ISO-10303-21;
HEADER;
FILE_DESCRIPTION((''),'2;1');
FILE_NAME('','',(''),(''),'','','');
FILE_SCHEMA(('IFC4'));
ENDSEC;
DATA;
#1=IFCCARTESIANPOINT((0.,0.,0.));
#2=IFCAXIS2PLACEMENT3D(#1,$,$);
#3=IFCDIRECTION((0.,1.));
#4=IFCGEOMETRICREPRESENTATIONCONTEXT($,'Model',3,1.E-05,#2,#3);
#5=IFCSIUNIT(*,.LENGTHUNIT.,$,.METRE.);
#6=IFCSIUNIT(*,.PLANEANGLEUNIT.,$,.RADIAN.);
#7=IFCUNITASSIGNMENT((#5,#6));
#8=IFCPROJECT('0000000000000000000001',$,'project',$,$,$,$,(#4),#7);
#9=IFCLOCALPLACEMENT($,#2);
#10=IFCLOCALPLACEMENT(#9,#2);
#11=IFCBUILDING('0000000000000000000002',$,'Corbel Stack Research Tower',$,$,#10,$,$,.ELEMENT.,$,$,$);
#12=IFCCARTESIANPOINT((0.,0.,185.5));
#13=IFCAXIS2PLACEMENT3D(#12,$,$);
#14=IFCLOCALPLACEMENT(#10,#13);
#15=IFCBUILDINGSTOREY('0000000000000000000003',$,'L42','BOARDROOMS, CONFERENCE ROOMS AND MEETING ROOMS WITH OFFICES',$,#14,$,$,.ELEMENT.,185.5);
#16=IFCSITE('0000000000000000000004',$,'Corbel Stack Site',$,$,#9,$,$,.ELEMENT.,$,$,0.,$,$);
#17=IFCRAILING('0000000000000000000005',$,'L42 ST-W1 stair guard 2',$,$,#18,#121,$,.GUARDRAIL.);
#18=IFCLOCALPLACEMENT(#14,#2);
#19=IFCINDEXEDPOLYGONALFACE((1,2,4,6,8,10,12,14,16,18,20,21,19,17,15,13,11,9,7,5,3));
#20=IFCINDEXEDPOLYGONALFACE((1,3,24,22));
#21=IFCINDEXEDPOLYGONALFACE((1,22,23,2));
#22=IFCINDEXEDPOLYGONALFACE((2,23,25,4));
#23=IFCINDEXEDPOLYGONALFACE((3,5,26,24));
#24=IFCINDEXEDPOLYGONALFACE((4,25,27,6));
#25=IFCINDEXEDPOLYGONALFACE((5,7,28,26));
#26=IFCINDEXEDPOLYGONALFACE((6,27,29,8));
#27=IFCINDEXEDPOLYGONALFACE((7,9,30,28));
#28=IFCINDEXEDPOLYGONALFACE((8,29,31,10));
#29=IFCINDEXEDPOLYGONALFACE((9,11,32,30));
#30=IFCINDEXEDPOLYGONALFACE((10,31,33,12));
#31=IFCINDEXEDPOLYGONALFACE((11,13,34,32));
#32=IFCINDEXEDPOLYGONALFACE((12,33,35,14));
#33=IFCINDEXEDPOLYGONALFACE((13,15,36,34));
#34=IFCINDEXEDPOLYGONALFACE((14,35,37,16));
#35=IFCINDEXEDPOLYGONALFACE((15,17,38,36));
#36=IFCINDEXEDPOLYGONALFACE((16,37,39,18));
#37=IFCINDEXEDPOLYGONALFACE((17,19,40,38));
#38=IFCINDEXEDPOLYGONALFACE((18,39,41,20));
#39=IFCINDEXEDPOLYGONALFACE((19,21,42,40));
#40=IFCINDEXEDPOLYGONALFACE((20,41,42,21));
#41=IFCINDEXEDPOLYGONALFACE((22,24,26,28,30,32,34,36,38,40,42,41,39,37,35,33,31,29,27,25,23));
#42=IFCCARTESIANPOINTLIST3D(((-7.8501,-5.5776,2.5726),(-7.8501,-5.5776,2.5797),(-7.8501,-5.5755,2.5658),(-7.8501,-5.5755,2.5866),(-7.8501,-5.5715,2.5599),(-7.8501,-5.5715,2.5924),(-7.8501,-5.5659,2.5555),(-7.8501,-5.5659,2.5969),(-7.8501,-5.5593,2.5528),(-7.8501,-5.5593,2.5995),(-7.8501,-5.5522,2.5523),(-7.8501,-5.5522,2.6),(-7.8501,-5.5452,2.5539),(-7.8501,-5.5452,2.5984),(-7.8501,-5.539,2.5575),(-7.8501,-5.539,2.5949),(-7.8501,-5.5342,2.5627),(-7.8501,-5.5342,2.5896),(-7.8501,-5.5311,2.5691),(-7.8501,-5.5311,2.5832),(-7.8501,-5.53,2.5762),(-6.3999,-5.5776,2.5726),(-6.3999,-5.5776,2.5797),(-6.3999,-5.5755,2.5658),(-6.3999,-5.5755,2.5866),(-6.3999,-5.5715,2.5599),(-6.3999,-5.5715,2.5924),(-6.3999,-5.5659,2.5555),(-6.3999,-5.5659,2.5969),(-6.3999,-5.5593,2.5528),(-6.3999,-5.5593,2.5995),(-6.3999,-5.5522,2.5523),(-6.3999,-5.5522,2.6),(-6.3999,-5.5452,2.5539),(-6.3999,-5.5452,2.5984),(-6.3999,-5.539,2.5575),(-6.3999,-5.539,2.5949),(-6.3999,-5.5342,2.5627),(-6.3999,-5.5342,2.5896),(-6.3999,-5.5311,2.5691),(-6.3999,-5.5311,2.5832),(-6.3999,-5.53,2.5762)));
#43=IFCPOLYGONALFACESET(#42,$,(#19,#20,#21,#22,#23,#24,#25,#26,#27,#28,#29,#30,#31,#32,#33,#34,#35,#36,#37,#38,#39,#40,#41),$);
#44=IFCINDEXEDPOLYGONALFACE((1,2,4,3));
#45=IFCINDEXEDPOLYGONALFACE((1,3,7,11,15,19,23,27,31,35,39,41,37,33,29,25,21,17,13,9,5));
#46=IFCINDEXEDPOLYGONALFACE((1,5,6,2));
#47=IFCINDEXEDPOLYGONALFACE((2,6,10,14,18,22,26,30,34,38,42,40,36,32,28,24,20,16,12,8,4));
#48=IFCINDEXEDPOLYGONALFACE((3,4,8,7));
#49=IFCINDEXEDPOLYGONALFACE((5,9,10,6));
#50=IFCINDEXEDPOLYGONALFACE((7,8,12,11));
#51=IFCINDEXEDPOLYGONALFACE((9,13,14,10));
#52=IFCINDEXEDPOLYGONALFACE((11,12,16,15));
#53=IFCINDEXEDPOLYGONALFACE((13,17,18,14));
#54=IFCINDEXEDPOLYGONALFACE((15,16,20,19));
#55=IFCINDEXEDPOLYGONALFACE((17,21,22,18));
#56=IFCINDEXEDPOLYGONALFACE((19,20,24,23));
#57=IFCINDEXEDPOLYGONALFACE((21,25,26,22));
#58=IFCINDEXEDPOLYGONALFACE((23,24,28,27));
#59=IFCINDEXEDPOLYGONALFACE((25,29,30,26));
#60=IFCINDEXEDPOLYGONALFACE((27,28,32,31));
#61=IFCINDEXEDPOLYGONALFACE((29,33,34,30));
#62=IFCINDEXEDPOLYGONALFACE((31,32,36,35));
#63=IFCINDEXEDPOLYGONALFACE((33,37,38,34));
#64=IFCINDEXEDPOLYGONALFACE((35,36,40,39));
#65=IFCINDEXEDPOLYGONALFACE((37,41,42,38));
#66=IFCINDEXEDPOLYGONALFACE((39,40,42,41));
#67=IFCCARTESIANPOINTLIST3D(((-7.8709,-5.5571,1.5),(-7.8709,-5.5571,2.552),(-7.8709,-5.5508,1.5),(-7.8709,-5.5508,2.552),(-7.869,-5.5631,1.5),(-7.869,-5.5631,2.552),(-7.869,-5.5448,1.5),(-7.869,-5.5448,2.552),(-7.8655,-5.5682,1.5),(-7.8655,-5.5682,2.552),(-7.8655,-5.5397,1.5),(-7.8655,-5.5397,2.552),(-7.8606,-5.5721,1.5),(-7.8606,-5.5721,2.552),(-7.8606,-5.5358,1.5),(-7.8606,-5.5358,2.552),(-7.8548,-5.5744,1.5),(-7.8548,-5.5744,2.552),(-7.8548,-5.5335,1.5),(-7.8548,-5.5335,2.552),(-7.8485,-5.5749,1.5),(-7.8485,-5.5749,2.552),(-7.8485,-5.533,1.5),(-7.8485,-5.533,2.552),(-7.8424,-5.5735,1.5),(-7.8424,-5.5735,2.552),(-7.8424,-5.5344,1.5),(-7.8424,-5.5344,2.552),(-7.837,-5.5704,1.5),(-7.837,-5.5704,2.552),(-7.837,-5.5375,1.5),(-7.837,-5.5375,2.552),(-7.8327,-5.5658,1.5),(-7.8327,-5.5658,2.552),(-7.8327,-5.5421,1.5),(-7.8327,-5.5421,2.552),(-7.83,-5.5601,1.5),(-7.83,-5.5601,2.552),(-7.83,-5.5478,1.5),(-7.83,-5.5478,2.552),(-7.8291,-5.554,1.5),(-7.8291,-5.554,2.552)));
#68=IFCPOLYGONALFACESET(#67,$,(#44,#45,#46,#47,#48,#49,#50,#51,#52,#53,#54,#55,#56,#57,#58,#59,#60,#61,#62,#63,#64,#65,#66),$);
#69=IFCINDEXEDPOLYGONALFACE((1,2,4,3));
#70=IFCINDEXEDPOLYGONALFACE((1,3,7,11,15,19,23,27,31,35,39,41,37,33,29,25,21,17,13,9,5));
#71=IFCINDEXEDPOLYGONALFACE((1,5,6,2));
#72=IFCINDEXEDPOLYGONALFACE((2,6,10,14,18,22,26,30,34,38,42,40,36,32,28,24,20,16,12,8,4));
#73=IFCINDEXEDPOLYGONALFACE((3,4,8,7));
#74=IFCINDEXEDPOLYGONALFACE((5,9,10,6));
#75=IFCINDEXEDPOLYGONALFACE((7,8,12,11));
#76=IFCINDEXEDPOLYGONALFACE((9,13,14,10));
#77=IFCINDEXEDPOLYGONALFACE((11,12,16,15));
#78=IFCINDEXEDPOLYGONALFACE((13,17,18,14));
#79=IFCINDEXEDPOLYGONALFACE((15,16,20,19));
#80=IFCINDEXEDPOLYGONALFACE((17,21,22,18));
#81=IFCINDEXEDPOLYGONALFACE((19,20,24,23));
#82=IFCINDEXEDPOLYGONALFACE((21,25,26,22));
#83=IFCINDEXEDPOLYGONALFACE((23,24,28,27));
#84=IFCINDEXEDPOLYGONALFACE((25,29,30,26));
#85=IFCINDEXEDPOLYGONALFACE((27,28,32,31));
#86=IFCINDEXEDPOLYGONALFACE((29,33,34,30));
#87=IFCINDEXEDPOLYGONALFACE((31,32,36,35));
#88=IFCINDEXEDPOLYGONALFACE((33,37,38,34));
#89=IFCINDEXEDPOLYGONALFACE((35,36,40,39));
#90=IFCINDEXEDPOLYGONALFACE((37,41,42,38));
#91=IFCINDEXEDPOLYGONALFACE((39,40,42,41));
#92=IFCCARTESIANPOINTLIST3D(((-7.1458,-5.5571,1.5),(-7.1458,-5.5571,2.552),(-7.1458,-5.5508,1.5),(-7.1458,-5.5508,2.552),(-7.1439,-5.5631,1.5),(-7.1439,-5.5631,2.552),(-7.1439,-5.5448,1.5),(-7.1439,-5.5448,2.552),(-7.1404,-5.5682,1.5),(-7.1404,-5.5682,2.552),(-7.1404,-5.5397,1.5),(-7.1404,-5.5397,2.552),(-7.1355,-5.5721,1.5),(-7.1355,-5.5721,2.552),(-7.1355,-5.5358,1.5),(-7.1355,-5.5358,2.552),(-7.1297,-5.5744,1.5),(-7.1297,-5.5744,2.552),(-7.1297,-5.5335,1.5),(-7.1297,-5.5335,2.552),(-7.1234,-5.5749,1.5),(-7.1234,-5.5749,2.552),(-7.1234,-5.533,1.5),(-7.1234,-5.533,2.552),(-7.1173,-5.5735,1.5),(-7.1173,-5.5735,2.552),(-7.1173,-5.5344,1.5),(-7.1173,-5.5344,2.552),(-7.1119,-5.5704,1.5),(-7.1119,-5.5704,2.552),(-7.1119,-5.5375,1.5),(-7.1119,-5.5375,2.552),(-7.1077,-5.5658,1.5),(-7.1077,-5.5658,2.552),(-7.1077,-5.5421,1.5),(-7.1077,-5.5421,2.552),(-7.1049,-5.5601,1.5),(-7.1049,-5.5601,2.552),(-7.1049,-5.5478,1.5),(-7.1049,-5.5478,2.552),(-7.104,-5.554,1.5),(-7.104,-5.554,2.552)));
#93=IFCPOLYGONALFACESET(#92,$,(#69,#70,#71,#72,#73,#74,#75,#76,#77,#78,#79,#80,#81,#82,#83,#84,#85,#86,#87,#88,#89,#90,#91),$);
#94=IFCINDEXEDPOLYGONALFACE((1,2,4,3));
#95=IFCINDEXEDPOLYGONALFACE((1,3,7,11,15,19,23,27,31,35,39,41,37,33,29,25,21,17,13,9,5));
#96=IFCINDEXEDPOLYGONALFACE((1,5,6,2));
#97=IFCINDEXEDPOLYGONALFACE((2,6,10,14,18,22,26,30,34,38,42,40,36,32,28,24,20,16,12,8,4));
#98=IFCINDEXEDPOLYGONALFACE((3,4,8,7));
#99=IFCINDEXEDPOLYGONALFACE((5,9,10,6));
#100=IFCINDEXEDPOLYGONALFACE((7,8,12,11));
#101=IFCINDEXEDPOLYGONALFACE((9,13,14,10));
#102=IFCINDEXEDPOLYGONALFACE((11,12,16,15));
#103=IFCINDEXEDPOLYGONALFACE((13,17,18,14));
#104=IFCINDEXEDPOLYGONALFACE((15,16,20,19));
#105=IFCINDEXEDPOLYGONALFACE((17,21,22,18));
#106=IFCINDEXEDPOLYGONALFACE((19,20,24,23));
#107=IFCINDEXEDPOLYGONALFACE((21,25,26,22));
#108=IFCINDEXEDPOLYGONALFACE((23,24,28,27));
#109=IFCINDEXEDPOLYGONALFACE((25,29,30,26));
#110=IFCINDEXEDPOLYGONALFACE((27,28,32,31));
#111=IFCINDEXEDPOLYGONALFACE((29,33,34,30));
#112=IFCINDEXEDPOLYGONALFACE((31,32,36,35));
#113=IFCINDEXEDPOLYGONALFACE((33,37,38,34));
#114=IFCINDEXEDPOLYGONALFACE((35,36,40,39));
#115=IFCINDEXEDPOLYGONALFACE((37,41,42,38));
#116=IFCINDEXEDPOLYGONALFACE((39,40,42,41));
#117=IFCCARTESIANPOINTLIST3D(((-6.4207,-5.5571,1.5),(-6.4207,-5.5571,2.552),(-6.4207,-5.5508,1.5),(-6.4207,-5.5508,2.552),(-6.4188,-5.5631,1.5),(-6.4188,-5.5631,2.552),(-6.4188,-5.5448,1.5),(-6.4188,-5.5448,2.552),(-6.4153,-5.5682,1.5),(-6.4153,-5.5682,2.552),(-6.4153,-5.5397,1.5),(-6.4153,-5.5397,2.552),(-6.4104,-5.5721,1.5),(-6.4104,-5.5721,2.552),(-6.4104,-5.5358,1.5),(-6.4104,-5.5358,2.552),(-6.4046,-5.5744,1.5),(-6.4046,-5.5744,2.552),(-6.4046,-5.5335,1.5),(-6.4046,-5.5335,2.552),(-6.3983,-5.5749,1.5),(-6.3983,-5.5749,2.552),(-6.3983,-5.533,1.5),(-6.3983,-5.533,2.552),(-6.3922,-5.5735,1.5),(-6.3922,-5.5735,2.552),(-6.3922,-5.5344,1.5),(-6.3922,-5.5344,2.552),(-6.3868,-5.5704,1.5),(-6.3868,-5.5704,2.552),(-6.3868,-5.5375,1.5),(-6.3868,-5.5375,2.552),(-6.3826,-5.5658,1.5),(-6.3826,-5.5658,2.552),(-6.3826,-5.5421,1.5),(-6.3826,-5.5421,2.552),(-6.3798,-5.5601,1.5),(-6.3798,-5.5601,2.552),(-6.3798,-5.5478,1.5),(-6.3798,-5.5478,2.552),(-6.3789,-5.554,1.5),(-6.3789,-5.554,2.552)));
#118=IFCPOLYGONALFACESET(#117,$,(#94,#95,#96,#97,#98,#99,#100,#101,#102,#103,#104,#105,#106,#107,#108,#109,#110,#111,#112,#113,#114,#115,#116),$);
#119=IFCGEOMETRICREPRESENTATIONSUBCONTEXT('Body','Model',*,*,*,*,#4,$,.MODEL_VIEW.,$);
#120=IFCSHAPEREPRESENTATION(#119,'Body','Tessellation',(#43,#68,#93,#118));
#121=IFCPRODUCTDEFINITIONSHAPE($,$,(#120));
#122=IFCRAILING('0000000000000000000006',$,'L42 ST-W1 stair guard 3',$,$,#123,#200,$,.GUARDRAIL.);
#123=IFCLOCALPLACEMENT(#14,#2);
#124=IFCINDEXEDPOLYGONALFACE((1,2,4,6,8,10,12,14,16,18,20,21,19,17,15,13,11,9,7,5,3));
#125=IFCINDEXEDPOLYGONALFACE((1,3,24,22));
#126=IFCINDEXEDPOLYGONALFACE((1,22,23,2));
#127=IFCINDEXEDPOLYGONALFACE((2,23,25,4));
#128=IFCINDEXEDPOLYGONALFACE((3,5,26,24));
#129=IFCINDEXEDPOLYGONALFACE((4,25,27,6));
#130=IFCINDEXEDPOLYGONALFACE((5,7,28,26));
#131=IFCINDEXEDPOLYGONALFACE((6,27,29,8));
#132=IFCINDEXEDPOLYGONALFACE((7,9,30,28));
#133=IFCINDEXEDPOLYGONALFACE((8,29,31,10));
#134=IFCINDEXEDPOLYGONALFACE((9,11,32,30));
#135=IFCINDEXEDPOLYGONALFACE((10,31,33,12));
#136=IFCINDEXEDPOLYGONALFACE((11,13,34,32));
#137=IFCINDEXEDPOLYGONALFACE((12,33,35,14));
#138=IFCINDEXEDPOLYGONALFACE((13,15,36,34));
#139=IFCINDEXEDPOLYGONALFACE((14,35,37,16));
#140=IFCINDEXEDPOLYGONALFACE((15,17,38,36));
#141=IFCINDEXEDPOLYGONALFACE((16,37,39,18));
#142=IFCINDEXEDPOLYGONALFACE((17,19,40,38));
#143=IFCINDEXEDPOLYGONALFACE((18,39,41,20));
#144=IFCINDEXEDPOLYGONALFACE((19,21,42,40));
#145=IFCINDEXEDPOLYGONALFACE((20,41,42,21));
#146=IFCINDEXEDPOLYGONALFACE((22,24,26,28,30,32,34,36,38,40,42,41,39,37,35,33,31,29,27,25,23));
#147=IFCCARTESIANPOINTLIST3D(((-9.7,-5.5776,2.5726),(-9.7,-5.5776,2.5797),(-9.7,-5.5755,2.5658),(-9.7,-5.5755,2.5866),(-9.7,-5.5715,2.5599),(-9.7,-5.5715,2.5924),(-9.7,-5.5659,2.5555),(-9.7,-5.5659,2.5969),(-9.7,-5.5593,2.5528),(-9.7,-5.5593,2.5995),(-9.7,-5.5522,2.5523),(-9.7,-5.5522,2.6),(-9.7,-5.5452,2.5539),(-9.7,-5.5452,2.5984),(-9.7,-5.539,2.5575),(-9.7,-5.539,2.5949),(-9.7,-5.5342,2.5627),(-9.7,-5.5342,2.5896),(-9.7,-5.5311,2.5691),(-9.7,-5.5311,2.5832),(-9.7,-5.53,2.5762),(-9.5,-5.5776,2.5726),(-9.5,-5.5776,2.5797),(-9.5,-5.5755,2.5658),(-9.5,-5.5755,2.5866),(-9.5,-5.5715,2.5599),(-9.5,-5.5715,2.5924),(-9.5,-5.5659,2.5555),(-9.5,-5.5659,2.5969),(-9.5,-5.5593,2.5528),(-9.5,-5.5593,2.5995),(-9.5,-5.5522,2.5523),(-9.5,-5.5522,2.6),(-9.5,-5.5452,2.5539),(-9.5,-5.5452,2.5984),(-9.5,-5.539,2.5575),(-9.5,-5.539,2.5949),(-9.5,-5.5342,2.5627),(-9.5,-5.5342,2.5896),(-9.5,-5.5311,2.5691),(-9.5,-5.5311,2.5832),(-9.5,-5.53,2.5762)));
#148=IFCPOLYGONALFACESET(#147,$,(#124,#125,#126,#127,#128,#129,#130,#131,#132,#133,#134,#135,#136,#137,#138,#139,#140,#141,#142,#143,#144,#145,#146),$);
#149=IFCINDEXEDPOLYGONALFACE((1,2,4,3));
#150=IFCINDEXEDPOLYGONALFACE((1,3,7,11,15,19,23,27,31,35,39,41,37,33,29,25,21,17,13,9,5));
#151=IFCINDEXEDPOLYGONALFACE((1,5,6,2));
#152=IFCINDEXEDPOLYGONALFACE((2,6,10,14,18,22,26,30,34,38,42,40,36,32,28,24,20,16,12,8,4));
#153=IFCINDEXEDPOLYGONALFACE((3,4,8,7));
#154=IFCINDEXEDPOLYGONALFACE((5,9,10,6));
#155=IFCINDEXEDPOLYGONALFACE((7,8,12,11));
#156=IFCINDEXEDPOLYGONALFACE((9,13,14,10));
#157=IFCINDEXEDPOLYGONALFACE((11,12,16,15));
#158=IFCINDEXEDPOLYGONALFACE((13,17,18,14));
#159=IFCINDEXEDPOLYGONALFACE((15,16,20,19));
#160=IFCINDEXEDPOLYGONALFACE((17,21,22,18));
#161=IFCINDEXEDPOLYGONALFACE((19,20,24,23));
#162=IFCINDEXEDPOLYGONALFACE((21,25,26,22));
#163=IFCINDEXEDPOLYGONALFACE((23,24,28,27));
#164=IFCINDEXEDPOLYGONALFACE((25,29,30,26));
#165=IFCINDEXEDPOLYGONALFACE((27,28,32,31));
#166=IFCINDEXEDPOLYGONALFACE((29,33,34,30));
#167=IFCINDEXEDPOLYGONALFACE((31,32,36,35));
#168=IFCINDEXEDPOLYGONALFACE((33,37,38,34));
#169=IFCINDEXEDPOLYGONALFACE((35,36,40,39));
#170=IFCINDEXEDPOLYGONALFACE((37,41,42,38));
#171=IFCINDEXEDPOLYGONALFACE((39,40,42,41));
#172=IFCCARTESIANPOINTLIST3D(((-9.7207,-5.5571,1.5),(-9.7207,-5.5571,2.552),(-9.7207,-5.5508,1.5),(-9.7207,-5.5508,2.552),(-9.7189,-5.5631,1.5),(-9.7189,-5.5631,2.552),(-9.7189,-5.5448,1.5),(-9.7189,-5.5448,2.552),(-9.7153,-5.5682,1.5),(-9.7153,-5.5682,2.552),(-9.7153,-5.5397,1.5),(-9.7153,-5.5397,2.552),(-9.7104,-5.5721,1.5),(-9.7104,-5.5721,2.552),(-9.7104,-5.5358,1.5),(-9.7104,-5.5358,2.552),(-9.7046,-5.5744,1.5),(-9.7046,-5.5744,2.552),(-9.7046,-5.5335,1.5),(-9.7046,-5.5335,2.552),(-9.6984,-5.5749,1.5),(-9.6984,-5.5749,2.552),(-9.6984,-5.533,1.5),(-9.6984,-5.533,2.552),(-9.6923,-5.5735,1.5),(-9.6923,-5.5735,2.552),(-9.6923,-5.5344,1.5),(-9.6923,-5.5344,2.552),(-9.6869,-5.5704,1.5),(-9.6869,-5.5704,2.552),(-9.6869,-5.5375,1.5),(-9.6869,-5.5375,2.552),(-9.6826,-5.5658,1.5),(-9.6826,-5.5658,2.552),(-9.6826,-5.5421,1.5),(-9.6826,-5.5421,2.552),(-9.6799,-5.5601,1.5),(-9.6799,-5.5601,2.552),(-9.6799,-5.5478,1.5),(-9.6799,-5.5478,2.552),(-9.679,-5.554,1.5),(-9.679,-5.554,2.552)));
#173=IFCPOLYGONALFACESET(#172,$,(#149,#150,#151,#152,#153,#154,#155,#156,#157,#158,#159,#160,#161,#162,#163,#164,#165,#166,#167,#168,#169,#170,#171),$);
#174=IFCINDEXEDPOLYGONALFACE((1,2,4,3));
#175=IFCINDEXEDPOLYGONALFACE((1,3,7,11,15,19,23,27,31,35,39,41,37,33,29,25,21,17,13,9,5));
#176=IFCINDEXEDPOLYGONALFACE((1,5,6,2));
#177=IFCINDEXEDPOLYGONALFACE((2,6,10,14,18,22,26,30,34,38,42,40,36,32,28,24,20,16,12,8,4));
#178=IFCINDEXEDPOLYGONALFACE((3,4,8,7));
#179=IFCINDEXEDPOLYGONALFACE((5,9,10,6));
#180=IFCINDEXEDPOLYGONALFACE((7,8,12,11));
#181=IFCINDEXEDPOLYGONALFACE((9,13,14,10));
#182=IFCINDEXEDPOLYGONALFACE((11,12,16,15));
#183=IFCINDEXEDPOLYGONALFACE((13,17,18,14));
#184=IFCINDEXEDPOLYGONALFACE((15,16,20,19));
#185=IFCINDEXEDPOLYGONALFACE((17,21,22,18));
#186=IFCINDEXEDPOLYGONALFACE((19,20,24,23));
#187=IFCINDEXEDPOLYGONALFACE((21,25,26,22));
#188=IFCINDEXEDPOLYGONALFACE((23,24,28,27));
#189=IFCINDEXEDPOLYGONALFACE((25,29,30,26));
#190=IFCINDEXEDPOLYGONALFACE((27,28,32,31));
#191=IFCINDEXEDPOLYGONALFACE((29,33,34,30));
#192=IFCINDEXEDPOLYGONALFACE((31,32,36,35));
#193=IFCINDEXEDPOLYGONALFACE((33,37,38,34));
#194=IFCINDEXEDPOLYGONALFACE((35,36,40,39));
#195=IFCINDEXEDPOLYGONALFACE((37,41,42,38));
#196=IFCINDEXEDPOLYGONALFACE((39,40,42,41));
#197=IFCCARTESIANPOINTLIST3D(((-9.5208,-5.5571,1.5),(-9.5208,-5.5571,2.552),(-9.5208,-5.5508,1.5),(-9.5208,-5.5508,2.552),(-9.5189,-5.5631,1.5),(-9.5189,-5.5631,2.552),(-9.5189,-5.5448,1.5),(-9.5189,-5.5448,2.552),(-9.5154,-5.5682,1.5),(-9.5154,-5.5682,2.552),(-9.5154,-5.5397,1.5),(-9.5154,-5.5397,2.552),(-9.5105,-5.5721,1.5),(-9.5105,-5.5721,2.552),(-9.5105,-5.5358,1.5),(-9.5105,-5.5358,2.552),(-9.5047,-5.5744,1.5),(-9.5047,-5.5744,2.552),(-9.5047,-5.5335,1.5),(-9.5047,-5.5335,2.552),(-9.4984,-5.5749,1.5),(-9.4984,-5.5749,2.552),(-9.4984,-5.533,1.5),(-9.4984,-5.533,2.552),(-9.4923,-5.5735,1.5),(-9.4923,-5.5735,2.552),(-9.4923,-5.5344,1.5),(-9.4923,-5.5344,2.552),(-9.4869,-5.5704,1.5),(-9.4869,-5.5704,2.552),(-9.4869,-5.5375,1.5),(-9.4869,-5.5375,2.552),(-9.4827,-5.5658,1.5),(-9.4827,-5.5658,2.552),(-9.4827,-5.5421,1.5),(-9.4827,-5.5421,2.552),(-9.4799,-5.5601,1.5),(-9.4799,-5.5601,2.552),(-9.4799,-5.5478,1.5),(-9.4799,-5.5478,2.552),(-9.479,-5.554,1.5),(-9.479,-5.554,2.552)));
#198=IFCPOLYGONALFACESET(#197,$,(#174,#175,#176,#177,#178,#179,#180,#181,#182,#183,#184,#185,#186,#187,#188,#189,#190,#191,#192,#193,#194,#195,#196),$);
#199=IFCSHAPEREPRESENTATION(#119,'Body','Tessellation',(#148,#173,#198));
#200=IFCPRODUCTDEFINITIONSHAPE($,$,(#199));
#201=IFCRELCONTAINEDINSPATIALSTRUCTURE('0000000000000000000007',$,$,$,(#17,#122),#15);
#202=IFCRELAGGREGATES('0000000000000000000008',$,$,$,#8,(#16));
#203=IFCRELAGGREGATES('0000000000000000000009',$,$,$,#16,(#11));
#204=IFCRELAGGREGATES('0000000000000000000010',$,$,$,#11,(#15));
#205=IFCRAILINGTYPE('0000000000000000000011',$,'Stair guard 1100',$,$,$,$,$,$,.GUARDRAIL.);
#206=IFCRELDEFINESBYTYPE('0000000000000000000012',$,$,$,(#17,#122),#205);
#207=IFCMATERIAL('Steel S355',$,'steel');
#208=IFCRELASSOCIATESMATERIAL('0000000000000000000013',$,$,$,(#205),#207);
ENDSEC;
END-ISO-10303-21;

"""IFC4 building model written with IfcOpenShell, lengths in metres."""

from ifc_helpers import new_model, si_unit, direction, frame, origin, origin_2d, place, context, subcontext, project, spatial, circle, extrude, material, type_object, element, save


model = new_model("IFC4")

# Units and contexts
model_context = context("Model", 3, precision=1e-05, world=origin(), true_north=direction((0.0, 1.0)))
body_context = subcontext(model_context, "Body", "Model", "MODEL_VIEW")
ifc_project = project(units=[si_unit("LENGTHUNIT", "METRE"), si_unit("PLANEANGLEUNIT", "RADIAN")], contexts=[model_context])

# Site, building, storey
site_placement = place(None, origin())
site = spatial("IfcSite", under=ifc_project, at=site_placement, Name="Corbel Stack Site", CompositionType="ELEMENT", RefElevation=0.0)
building_placement = place(site_placement, origin())
building = spatial("IfcBuilding", under=site, at=building_placement, Name="Corbel Stack Research Tower", CompositionType="ELEMENT")
storey_placement = place(building_placement, frame((0.0, 0.0, 185.5)))
storey = spatial("IfcBuildingStorey", under=building, at=storey_placement, Name="L42", Description="BOARDROOMS, CONFERENCE ROOMS AND MEETING ROOMS WITH OFFICES", CompositionType="ELEMENT", Elevation=185.5)

# Railings
ifc_material_1 = material(Name="Steel S355", Category="steel")
railing_type_1 = type_object("IfcRailingType", Name="Stair guard 1100", PredefinedType="GUARDRAIL", material=ifc_material_1)
railing_1_placement = place(storey_placement, frame((-7.8501, -5.554, 1.5)))
element("IfcRailing", 1, at=railing_1_placement, inside=storey, type_object=railing_type_1, Name="L42 ST-W1 stair guard 2", PredefinedType="GUARDRAIL", context=body_context, shape_type="SweptSolid", body=[
    extrude(circle(Radius=0.0239, at=origin_2d()), frame((0.0, 0.0, 1.0762), z_axis=(1.0, 0.0, 0.0), x_axis=(0.0, 1.0, 0.0)), (0.0, 0.0, 1.0), 1.4502),
    extrude(circle(Radius=0.021, at=origin_2d()), origin(), (0.0, 0.0, 1.0), 1.052),
    extrude(circle(Radius=0.021, at=origin_2d()), frame((0.7251, 0.0, 0.0)), (0.0, 0.0, 1.0), 1.052),
    extrude(circle(Radius=0.021, at=origin_2d()), frame((1.4502, 0.0, 0.0)), (0.0, 0.0, 1.0), 1.052),
])
railing_2_placement = place(storey_placement, frame((-9.7, -5.554, 1.5)))
element("IfcRailing", 2, at=railing_2_placement, inside=storey, type_object=railing_type_1, Name="L42 ST-W1 stair guard 3", PredefinedType="GUARDRAIL", context=body_context, shape_type="SweptSolid", body=[
    extrude(circle(Radius=0.0239, at=origin_2d()), frame((0.0, 0.0, 1.0762), z_axis=(1.0, 0.0, 0.0), x_axis=(0.0, 1.0, 0.0)), (0.0, 0.0, 1.0), 0.2),
    extrude(circle(Radius=0.021, at=origin_2d()), origin(), (0.0, 0.0, 1.0), 1.052),
    extrude(circle(Radius=0.021, at=origin_2d()), frame((0.2, 0.0, 0.0)), (0.0, 0.0, 1.0), 1.052),
])

save(model, "model.ifc")
